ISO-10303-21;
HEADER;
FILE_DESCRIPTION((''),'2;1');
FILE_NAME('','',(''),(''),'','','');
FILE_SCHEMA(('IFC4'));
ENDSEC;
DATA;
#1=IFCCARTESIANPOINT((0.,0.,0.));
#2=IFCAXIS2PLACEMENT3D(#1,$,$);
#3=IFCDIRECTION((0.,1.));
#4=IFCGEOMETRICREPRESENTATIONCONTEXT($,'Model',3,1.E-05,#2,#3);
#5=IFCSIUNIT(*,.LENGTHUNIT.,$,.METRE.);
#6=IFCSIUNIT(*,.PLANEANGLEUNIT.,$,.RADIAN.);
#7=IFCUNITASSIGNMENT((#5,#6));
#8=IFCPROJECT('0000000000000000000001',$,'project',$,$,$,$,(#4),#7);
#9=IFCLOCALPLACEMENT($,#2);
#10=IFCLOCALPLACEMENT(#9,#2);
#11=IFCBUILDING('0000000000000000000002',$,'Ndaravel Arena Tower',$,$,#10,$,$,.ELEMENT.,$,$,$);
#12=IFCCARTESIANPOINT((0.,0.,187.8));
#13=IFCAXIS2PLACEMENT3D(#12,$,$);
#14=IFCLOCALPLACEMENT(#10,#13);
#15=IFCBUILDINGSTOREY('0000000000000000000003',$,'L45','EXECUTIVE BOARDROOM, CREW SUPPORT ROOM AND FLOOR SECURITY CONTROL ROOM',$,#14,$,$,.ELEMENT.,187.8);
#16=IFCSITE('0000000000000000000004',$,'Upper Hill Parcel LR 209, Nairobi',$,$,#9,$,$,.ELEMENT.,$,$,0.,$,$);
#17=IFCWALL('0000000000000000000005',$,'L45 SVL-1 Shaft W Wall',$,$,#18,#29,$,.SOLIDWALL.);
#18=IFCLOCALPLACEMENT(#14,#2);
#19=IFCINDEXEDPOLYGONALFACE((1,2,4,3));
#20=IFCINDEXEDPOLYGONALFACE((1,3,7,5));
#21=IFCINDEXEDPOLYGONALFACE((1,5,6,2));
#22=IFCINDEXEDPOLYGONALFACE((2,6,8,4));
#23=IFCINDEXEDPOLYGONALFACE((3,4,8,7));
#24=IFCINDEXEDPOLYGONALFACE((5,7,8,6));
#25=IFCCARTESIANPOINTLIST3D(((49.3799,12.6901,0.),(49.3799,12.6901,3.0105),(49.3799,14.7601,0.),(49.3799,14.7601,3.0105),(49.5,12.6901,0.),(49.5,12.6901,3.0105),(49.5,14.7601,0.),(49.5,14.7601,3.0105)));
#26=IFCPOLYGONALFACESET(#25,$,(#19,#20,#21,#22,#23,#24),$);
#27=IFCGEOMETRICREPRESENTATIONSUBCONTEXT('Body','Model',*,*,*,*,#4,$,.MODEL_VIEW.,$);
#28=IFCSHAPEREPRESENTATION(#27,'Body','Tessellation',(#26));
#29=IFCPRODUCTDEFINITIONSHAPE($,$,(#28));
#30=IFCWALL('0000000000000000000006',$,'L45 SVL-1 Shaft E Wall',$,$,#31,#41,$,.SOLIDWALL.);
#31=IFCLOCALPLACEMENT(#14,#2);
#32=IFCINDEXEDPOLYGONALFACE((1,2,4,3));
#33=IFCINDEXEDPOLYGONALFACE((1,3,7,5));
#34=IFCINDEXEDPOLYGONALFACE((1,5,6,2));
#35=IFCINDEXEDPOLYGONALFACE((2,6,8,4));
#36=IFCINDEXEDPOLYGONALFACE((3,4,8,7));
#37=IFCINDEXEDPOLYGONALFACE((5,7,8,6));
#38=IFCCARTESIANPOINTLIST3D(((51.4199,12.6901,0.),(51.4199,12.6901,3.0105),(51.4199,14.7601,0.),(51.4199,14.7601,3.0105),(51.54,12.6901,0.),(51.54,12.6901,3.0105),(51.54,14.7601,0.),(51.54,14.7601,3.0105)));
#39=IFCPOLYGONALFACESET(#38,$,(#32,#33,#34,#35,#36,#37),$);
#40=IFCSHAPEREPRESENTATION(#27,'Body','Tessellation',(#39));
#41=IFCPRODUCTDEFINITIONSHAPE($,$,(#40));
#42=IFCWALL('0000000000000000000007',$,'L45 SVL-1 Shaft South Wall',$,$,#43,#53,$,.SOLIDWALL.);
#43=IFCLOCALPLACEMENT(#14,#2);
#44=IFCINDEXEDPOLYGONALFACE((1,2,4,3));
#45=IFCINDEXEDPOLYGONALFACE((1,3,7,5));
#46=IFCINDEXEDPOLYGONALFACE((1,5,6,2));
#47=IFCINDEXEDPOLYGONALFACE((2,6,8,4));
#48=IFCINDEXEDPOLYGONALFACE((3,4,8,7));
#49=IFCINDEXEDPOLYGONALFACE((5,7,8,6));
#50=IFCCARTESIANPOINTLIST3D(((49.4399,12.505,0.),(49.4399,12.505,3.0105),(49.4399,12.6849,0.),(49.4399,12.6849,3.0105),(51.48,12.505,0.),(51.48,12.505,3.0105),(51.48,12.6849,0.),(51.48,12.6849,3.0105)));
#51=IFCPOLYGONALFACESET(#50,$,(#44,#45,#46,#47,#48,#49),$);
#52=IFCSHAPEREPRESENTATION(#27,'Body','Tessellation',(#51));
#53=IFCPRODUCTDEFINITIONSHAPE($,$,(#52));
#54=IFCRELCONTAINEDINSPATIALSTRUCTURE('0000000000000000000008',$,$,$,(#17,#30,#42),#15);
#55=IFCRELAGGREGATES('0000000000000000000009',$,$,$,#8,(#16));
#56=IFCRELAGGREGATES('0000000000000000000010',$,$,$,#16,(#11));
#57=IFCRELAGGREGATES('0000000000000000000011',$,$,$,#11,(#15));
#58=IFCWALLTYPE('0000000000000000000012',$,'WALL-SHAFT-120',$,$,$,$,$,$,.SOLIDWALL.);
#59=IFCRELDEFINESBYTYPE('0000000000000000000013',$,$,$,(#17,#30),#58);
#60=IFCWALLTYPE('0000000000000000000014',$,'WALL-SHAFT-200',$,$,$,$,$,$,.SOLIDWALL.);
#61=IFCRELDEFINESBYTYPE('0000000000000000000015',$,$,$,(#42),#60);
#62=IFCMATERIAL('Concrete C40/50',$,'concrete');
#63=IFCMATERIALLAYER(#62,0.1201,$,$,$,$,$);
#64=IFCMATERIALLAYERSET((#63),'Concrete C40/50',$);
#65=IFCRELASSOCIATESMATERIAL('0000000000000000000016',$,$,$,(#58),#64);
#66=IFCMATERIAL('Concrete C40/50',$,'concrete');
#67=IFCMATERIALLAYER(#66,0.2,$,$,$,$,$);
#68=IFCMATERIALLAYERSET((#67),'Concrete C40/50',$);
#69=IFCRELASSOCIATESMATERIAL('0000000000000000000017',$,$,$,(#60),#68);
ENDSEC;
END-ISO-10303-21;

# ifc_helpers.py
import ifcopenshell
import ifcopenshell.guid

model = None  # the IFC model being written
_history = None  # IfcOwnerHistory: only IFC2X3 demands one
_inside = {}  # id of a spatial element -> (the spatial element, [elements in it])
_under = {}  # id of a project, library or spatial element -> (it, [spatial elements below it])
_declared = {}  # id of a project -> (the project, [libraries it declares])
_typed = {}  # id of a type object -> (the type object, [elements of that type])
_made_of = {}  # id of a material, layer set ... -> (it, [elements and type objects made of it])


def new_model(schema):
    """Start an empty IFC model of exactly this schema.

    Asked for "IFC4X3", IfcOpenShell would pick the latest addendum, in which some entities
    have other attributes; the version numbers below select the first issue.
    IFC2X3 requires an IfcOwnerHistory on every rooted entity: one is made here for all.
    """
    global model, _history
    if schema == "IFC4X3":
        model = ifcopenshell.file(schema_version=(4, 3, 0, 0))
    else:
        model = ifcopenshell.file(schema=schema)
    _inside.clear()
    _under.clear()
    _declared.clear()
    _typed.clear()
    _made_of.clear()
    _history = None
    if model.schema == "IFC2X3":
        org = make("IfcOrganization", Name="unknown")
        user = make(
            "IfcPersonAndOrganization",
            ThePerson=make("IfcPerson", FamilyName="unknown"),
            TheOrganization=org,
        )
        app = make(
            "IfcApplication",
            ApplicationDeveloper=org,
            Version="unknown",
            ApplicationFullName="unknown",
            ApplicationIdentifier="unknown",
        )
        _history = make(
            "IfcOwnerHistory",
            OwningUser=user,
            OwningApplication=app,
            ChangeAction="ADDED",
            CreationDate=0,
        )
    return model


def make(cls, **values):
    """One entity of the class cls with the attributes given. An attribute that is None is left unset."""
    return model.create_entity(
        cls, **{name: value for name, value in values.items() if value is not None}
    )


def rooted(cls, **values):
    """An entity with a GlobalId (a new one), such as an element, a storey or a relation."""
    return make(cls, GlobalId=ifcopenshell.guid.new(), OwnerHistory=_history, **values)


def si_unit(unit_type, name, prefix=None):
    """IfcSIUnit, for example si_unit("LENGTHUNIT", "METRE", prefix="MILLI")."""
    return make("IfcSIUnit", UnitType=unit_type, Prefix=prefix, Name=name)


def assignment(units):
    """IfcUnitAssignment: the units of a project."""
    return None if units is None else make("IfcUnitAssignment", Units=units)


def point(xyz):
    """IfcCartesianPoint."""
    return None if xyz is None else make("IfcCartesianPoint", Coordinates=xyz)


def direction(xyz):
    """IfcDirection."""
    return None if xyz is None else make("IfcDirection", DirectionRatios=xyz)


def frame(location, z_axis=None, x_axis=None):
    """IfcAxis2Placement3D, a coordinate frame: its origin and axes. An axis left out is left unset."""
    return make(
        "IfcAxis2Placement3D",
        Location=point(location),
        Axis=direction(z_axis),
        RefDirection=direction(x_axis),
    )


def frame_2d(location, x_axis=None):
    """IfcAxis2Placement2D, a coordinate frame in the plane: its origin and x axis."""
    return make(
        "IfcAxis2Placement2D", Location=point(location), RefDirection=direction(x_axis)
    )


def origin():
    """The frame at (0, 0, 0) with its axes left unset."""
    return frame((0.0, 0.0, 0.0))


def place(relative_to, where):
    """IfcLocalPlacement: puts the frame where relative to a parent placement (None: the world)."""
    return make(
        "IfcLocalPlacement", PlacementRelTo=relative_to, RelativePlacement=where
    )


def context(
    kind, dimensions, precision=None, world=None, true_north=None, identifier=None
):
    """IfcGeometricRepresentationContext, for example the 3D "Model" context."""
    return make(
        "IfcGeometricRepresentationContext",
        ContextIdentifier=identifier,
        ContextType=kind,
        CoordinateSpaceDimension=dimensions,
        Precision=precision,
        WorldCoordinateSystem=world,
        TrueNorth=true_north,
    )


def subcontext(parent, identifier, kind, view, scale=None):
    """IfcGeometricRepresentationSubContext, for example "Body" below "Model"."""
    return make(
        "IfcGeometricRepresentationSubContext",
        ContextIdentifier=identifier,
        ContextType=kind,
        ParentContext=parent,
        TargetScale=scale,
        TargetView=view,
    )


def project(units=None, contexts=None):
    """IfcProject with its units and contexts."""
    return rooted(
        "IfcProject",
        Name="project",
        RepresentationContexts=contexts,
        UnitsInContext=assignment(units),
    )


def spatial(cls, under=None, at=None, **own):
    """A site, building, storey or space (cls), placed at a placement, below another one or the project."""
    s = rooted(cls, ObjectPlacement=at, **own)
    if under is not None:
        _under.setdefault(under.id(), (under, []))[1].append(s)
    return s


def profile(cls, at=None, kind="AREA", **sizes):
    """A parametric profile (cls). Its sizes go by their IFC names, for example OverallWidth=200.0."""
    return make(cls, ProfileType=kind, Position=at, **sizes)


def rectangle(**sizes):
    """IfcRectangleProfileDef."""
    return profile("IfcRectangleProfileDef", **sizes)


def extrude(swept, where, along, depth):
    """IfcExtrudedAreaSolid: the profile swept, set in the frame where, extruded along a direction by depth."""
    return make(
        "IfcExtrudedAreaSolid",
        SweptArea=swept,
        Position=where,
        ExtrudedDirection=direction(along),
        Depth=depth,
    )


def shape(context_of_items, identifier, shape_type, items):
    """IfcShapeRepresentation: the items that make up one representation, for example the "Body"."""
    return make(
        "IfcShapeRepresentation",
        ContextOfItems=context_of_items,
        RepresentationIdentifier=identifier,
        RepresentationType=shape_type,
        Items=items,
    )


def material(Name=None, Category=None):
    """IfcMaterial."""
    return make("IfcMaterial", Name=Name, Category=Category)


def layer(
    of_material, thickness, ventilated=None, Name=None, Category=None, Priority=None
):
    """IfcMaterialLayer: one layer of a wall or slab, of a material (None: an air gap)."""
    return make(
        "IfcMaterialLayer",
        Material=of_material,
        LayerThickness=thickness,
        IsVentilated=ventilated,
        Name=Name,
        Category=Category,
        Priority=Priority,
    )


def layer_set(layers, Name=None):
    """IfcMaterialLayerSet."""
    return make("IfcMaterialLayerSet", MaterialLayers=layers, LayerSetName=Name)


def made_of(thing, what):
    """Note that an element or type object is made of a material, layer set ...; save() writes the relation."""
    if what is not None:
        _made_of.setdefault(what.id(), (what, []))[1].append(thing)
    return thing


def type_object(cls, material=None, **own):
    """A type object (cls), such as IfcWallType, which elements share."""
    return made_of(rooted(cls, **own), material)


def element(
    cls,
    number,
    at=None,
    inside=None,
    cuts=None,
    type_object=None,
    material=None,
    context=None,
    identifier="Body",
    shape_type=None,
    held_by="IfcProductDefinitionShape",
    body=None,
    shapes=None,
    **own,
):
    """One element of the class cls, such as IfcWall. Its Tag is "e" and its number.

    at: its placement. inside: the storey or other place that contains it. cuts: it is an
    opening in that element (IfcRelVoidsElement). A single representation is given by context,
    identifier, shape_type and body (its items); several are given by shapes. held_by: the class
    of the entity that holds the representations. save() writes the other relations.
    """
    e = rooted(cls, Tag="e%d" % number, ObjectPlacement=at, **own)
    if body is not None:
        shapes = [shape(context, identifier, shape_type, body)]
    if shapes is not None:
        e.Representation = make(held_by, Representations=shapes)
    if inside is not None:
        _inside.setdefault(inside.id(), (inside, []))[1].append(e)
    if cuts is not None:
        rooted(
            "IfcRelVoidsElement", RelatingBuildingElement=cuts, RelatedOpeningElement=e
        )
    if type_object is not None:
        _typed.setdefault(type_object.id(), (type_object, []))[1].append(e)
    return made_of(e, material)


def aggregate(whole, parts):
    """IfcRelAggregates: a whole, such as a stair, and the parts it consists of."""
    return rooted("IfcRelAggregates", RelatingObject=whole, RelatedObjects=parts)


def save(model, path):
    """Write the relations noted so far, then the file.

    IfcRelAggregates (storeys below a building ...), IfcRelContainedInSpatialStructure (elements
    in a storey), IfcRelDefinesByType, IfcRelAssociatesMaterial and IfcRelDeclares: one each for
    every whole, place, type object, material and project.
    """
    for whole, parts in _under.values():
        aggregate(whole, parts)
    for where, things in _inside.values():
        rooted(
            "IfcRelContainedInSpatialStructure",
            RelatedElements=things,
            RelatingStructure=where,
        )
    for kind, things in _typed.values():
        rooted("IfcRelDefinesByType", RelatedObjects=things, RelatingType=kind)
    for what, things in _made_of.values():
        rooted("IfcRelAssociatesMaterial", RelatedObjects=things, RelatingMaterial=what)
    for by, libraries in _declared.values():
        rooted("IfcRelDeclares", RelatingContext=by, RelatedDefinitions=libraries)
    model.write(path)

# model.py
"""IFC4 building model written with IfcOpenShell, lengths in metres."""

from ifc_helpers import new_model, si_unit, direction, frame, frame_2d, origin, place, context, subcontext, project, spatial, rectangle, extrude, material, layer, layer_set, type_object, element, save


model = new_model("IFC4")

# Units and contexts
model_context = context("Model", 3, precision=1e-05, world=origin(), true_north=direction((0.0, 1.0)))
body_context = subcontext(model_context, "Body", "Model", "MODEL_VIEW")
ifc_project = project(units=[si_unit("LENGTHUNIT", "METRE"), si_unit("PLANEANGLEUNIT", "RADIAN")], contexts=[model_context])

# Site, building, storey
site_placement = place(None, origin())
site = spatial("IfcSite", under=ifc_project, at=site_placement, Name="Upper Hill Parcel LR 209, Nairobi", CompositionType="ELEMENT", RefElevation=0.0)
building_placement = place(site_placement, origin())
building = spatial("IfcBuilding", under=site, at=building_placement, Name="Ndaravel Arena Tower", CompositionType="ELEMENT")
storey_placement = place(building_placement, frame((0.0, 0.0, 187.8)))
storey = spatial("IfcBuildingStorey", under=building, at=storey_placement, Name="L45", Description="EXECUTIVE BOARDROOM, CREW SUPPORT ROOM AND FLOOR SECURITY CONTROL ROOM", CompositionType="ELEMENT", Elevation=187.8)

# Walls
ifc_material_1 = material(Name="Concrete C40/50", Category="concrete")
ifc_layer_1 = layer(ifc_material_1, 0.1201)
ifc_layer_set_1 = layer_set([ifc_layer_1], Name="Concrete C40/50")
wall_type_1 = type_object("IfcWallType", Name="WALL-SHAFT-120", PredefinedType="SOLIDWALL", material=ifc_layer_set_1)
for number, where, z_axis, x_axis, name in (
    (1, (49.4399, 12.6899, 0.0), (0.0, 0.0, 1.0), (0.0, 1.0, 0.0), "L45 SVL-1 Shaft W Wall"),
    (2, (51.48, 12.6899, 0.0), (0.0, 0.0, 1.0), (0.0, 1.0, 0.0), "L45 SVL-1 Shaft E Wall"),
):
    element("IfcWall", number, at=place(storey_placement, frame(where, z_axis=z_axis, x_axis=x_axis)), inside=storey, type_object=wall_type_1, Name=name, PredefinedType="SOLIDWALL", context=body_context, shape_type="SweptSolid", body=[
        extrude(rectangle(XDim=2.0701, YDim=0.1201, at=frame_2d((1.0352, 0.0))), origin(), (0.0, 0.0, 1.0), 3.0105),
    ])

# Shared definitions
ifc_material_2 = material(Name="Concrete C40/50", Category="concrete")
ifc_layer_2 = layer(ifc_material_2, 0.2)
ifc_layer_set_2 = layer_set([ifc_layer_2], Name="Concrete C40/50")
wall_type_2 = type_object("IfcWallType", Name="WALL-SHAFT-200", PredefinedType="SOLIDWALL", material=ifc_layer_set_2)

# Wall
wall_1_placement = place(storey_placement, frame((49.4399, 12.595, 0.0), z_axis=(0.0, 0.0, 1.0), x_axis=(1.0, 0.0, 0.0)))
element("IfcWall", 3, at=wall_1_placement, inside=storey, type_object=wall_type_2, Name="L45 SVL-1 Shaft South Wall", PredefinedType="SOLIDWALL", context=body_context, shape_type="SweptSolid", body=[
    extrude(rectangle(XDim=2.04, YDim=0.1799, at=frame_2d((1.02, 0.0))), origin(), (0.0, 0.0, 1.0), 3.0105),
])

save(model, "model.ifc")
